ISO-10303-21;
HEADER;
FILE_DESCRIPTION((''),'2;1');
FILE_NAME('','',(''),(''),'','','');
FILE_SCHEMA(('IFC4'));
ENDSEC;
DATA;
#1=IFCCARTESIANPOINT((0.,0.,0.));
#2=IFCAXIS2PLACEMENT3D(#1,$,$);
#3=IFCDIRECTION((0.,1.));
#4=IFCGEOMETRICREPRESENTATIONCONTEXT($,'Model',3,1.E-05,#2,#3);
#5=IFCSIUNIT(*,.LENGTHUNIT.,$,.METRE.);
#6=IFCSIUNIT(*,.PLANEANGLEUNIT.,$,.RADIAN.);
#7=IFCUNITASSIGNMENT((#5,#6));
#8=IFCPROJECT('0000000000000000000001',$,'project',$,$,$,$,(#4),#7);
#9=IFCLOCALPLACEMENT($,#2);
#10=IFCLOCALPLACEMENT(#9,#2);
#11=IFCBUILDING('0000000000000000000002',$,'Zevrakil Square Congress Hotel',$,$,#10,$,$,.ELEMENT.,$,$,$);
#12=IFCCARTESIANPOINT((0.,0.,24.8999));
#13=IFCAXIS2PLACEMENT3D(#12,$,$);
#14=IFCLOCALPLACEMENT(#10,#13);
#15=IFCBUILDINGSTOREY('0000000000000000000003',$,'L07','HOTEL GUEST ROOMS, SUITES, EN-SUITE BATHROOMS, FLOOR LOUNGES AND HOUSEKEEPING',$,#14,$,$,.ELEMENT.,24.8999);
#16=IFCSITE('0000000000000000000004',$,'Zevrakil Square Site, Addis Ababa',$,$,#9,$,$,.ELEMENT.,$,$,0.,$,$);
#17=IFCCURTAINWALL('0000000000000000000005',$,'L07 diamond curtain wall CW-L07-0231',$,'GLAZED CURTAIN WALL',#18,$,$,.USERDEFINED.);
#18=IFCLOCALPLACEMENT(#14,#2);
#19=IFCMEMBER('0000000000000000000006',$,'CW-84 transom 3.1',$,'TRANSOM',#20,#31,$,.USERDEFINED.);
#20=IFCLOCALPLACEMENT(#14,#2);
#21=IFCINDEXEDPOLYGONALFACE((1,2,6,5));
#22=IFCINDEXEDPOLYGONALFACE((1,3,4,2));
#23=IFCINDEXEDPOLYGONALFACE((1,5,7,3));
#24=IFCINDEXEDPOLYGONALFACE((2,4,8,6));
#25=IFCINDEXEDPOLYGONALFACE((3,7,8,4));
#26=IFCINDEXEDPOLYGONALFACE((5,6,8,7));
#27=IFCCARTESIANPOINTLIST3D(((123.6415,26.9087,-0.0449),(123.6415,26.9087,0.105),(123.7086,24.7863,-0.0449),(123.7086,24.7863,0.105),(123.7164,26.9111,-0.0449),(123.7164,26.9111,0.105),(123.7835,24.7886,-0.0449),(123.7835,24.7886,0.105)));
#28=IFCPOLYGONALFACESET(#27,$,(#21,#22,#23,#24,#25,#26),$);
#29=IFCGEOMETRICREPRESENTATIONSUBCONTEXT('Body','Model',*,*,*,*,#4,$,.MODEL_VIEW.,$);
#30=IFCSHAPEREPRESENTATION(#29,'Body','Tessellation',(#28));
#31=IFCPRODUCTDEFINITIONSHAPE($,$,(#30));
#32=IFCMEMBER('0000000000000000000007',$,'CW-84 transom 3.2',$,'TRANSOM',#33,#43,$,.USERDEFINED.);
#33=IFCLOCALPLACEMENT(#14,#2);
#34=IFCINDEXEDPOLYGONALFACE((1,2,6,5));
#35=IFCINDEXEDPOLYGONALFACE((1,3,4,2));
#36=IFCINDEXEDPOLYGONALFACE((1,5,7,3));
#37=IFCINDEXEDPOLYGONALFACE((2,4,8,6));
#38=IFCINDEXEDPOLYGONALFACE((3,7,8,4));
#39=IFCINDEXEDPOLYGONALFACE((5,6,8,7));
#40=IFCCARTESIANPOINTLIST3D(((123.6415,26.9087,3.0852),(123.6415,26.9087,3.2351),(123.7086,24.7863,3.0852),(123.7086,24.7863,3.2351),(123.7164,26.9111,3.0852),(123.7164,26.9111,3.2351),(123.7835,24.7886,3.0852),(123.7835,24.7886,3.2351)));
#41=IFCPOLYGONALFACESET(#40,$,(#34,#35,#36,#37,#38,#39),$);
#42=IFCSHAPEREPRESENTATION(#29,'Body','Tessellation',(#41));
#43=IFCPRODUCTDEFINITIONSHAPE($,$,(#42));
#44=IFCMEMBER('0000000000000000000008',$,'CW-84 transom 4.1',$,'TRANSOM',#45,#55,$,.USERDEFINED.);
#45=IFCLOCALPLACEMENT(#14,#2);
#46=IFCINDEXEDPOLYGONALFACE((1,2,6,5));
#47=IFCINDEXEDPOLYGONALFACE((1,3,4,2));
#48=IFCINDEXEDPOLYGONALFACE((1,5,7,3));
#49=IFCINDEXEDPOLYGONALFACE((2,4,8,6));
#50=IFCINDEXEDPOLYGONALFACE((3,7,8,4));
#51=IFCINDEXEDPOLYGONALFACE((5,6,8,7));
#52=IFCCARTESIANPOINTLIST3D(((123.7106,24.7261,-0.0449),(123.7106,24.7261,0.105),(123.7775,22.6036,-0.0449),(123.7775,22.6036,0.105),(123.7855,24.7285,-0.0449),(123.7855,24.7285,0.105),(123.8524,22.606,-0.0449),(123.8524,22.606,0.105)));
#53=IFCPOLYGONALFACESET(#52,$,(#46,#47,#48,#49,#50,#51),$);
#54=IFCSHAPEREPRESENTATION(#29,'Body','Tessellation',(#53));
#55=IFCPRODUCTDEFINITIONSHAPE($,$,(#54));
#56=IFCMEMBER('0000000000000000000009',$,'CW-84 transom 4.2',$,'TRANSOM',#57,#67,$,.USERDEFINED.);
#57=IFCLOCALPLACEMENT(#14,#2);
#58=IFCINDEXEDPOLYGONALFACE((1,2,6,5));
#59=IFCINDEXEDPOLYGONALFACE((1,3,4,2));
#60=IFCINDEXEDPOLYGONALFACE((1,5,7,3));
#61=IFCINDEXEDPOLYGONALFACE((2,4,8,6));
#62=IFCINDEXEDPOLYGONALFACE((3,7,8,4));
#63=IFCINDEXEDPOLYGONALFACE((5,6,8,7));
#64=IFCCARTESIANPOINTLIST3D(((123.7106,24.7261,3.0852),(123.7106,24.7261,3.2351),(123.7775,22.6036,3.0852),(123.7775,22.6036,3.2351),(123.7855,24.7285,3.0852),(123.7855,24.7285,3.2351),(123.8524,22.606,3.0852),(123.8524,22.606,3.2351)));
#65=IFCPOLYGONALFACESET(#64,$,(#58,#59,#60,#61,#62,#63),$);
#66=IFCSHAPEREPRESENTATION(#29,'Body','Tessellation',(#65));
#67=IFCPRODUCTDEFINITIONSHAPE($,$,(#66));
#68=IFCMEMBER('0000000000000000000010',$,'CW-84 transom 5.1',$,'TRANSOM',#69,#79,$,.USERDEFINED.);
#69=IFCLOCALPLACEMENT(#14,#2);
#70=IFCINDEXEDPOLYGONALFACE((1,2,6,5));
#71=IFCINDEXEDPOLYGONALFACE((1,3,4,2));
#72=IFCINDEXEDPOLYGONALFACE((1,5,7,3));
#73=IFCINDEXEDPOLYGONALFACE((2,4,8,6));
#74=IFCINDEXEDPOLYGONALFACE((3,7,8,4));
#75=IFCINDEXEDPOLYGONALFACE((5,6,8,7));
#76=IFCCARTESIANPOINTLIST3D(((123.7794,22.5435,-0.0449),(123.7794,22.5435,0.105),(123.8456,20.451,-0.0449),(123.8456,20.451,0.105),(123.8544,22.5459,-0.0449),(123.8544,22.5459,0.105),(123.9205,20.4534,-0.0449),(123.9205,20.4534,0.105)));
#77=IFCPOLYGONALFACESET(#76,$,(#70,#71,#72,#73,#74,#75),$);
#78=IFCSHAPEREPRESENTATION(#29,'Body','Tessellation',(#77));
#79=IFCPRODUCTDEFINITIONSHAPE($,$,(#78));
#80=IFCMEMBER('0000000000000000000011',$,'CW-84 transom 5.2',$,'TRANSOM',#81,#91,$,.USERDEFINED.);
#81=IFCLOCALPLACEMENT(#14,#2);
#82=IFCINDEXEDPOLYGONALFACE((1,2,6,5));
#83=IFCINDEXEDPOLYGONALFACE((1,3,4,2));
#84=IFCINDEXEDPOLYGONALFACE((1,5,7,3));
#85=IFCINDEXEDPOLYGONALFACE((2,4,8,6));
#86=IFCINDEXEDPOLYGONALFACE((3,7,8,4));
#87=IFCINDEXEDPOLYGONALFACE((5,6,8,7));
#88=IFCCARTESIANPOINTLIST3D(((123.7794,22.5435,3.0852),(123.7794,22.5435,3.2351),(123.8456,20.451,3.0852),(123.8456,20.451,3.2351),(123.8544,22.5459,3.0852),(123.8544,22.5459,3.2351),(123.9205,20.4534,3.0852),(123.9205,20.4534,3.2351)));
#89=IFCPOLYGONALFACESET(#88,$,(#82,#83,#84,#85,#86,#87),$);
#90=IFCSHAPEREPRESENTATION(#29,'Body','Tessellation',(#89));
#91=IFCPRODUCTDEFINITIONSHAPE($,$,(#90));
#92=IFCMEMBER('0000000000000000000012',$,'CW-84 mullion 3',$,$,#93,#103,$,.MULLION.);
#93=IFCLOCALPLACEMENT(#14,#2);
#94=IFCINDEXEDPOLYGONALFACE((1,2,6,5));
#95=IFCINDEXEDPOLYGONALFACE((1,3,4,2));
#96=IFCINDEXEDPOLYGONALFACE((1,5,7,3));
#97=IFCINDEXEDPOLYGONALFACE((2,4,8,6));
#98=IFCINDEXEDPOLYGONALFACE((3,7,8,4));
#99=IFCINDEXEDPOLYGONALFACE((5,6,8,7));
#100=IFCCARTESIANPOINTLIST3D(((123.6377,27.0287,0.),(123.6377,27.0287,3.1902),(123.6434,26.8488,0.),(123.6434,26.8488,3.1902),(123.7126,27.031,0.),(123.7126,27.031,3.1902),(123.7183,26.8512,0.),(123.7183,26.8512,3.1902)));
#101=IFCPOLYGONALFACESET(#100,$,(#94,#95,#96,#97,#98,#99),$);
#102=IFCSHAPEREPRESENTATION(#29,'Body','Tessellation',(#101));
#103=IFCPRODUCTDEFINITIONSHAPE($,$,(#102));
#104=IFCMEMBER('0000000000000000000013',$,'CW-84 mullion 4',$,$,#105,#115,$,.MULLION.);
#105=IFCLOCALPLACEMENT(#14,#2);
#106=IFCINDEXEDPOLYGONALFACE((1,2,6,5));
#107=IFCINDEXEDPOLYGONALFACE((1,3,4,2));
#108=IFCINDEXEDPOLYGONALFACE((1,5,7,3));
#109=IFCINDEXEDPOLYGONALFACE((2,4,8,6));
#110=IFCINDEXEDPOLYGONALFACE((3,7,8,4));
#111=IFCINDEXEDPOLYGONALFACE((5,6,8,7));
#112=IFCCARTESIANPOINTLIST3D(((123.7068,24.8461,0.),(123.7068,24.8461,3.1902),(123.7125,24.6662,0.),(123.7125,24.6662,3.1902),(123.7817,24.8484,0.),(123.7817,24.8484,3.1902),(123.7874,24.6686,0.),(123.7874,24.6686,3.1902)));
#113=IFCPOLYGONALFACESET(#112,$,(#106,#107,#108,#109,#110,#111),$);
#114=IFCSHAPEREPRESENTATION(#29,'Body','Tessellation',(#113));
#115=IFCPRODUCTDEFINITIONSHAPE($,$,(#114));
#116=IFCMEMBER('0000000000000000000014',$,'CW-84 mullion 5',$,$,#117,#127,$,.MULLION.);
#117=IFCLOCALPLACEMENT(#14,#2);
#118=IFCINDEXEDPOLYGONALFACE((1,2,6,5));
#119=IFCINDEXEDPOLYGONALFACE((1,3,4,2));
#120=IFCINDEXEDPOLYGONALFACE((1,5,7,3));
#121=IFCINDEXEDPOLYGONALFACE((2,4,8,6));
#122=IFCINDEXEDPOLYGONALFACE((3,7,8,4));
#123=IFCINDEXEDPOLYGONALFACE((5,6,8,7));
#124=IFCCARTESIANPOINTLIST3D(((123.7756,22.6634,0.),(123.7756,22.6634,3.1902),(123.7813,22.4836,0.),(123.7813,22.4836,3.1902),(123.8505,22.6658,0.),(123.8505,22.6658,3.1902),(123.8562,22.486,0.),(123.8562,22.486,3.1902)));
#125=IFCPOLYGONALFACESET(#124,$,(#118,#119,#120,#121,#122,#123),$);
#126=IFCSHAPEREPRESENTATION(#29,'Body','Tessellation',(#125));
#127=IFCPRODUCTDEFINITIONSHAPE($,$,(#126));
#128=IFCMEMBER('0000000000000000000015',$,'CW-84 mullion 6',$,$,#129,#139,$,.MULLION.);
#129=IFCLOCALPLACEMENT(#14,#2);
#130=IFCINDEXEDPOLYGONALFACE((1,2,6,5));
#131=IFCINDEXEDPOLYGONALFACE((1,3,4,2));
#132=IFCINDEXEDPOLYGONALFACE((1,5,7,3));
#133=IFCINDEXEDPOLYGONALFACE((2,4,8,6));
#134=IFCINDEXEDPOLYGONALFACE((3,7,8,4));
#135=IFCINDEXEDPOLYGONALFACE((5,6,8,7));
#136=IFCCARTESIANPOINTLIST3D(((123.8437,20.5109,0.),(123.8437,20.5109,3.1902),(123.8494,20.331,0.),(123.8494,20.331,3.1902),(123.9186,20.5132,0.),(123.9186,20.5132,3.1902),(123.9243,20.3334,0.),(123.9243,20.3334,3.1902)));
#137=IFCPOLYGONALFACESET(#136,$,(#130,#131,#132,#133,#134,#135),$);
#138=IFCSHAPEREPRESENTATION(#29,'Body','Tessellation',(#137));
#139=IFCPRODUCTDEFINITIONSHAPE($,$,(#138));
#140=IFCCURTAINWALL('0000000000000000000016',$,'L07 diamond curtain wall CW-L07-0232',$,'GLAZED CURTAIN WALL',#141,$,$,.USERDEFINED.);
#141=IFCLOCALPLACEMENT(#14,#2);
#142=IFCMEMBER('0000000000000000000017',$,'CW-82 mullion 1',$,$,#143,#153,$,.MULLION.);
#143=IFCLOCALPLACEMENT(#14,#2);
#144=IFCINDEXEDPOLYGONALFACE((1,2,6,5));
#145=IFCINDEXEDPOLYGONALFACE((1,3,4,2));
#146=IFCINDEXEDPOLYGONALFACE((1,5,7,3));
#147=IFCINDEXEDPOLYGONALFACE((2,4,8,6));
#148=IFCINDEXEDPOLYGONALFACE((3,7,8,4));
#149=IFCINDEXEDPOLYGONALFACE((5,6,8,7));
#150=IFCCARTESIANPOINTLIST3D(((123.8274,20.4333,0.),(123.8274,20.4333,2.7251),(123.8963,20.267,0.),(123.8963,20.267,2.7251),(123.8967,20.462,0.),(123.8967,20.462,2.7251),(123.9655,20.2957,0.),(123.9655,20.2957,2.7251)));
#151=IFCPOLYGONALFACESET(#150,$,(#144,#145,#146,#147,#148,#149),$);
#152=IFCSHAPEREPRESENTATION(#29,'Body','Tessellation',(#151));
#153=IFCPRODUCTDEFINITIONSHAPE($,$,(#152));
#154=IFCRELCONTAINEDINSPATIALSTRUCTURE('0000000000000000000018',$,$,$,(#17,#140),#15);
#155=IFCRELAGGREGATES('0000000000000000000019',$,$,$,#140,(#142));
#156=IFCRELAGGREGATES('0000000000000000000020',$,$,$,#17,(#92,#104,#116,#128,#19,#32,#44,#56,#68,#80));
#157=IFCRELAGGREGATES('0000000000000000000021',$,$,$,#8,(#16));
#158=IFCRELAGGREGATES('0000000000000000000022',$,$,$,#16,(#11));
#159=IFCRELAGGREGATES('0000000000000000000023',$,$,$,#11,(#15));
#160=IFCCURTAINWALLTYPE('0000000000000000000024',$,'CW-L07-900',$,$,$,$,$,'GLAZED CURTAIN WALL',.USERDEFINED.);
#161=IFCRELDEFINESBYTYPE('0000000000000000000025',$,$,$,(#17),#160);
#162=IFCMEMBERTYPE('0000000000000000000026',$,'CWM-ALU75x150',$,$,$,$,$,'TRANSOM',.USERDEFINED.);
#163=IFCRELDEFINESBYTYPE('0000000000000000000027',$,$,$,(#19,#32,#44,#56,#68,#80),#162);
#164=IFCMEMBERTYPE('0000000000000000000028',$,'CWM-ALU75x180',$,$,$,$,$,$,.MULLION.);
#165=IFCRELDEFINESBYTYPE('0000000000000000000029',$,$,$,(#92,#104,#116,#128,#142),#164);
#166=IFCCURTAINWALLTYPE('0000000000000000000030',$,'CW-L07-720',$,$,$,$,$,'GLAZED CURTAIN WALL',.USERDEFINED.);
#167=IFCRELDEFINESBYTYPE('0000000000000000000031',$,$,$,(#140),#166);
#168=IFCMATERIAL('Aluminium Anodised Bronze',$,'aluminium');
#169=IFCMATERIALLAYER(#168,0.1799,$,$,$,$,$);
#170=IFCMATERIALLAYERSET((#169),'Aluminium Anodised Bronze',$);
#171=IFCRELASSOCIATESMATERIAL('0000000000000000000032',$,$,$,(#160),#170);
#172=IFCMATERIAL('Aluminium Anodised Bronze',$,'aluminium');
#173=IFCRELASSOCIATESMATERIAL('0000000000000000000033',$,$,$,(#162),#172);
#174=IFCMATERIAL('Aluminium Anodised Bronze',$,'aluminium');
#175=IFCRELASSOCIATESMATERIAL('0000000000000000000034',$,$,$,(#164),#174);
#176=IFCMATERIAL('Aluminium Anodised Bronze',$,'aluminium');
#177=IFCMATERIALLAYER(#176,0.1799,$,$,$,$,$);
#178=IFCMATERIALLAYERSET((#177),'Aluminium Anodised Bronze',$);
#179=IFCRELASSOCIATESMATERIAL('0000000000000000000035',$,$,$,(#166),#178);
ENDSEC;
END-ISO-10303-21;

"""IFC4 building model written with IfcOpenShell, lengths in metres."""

from ifc_helpers import new_model, si_unit, direction, frame, origin, origin_2d, place, context, subcontext, project, spatial, rectangle, extrude, material, layer, layer_set, material_profile, profile_set, type_object, element, aggregate, save


model = new_model("IFC4")

# Units and contexts
model_context = context("Model", 3, precision=1e-05, world=origin(), true_north=direction((0.0, 1.0)))
body_context = subcontext(model_context, "Body", "Model", "MODEL_VIEW")
ifc_project = project(units=[si_unit("LENGTHUNIT", "METRE"), si_unit("PLANEANGLEUNIT", "RADIAN")], contexts=[model_context])

# Site, building, storey
site_placement = place(None, origin())
site = spatial("IfcSite", under=ifc_project, at=site_placement, Name="Zevrakil Square Site, Addis Ababa", CompositionType="ELEMENT", RefElevation=0.0)
building_placement = place(site_placement, origin())
building = spatial("IfcBuilding", under=site, at=building_placement, Name="Zevrakil Square Congress Hotel", CompositionType="ELEMENT")
storey_placement = place(building_placement, frame((0.0, 0.0, 24.8999)))
storey = spatial("IfcBuildingStorey", under=building, at=storey_placement, Name="L07", Description="HOTEL GUEST ROOMS, SUITES, EN-SUITE BATHROOMS, FLOOR LOUNGES AND HOUSEKEEPING", CompositionType="ELEMENT", Elevation=24.8999)

# Curtain wall, members
ifc_material_1 = material(Name="Aluminium Anodised Bronze", Category="aluminium")
ifc_layer_1 = layer(ifc_material_1, 0.1799)
ifc_layer_set_1 = layer_set([ifc_layer_1], Name="Aluminium Anodised Bronze")
curtain_wall_type_1 = type_object("IfcCurtainWallType", Name="CW-L07-900", ElementType="GLAZED CURTAIN WALL", PredefinedType="USERDEFINED", material=ifc_layer_set_1)
curtain_wall_1_placement = place(storey_placement, origin())
curtain_wall_1 = element("IfcCurtainWall", 1, at=curtain_wall_1_placement, inside=storey, type_object=curtain_wall_type_1, Name="L07 diamond curtain wall CW-L07-0231", ObjectType="GLAZED CURTAIN WALL", PredefinedType="USERDEFINED")
ifc_material_2 = material(Name="Aluminium Anodised Bronze", Category="aluminium")
ifc_material_profile_1 = material_profile(ifc_material_2, rectangle(XDim=0.075, YDim=0.1499, at=origin_2d()), Name="ALU 75x150")
ifc_profile_set_1 = profile_set([ifc_material_profile_1], Name="Aluminium Anodised Bronze")
member_type_1 = type_object("IfcMemberType", Name="CWM-ALU75x150", ElementType="TRANSOM", PredefinedType="USERDEFINED", material=ifc_profile_set_1)
member_1_placement = place(storey_placement, frame((123.679, 26.9099, 0.03), z_axis=(0.031615, -0.9995, 0.0), x_axis=(0.9995, 0.031615, 0.0)))
member_1 = element("IfcMember", 2, at=member_1_placement, type_object=member_type_1, Name="CW-84 transom 3.1", ObjectType="TRANSOM", PredefinedType="USERDEFINED", context=body_context, shape_type="SweptSolid", body=[
    extrude(rectangle(XDim=0.075, YDim=0.1499, at=origin_2d()), origin(), (0.0, 0.0, 1.0), 2.1235),
])
member_2_placement = place(storey_placement, frame((123.679, 26.9099, 3.1602), z_axis=(0.031615, -0.9995, 0.0), x_axis=(0.9995, 0.031615, 0.0)))
member_2 = element("IfcMember", 3, at=member_2_placement, type_object=member_type_1, Name="CW-84 transom 3.2", ObjectType="TRANSOM", PredefinedType="USERDEFINED", context=body_context, shape_type="SweptSolid", body=[
    extrude(rectangle(XDim=0.075, YDim=0.1499, at=origin_2d()), origin(), (0.0, 0.0, 1.0), 2.1235),
])
member_3_placement = place(storey_placement, frame((123.748, 24.7273, 0.03), z_axis=(0.0315, -0.999504, 0.0), x_axis=(0.999504, 0.0315, 0.0)))
member_3 = element("IfcMember", 4, at=member_3_placement, type_object=member_type_1, Name="CW-84 transom 4.1", ObjectType="TRANSOM", PredefinedType="USERDEFINED", context=body_context, shape_type="SweptSolid", body=[
    extrude(rectangle(XDim=0.075, YDim=0.1499, at=origin_2d()), origin(), (0.0, 0.0, 1.0), 2.1235),
])
member_4_placement = place(storey_placement, frame((123.748, 24.7273, 3.1602), z_axis=(0.0315, -0.999504, 0.0), x_axis=(0.999504, 0.0315, 0.0)))
member_4 = element("IfcMember", 5, at=member_4_placement, type_object=member_type_1, Name="CW-84 transom 4.2", ObjectType="TRANSOM", PredefinedType="USERDEFINED", context=body_context, shape_type="SweptSolid", body=[
    extrude(rectangle(XDim=0.075, YDim=0.1499, at=origin_2d()), origin(), (0.0, 0.0, 1.0), 2.1235),
])
member_5_placement = place(storey_placement, frame((123.8169, 22.5447, 0.03), z_axis=(0.031602, -0.999501, 0.0), x_axis=(0.999501, 0.031602, 0.0)))
member_5 = element("IfcMember", 6, at=member_5_placement, type_object=member_type_1, Name="CW-84 transom 5.1", ObjectType="TRANSOM", PredefinedType="USERDEFINED", context=body_context, shape_type="SweptSolid", body=[
    extrude(rectangle(XDim=0.075, YDim=0.1499, at=origin_2d()), origin(), (0.0, 0.0, 1.0), 2.0935),
])
member_6_placement = place(storey_placement, frame((123.8169, 22.5447, 3.1602), z_axis=(0.031602, -0.999501, 0.0), x_axis=(0.999501, 0.031602, 0.0)))
member_6 = element("IfcMember", 7, at=member_6_placement, type_object=member_type_1, Name="CW-84 transom 5.2", ObjectType="TRANSOM", PredefinedType="USERDEFINED", context=body_context, shape_type="SweptSolid", body=[
    extrude(rectangle(XDim=0.075, YDim=0.1499, at=origin_2d()), origin(), (0.0, 0.0, 1.0), 2.0935),
])
ifc_material_3 = material(Name="Aluminium Anodised Bronze", Category="aluminium")
ifc_material_profile_2 = material_profile(ifc_material_3, rectangle(XDim=0.075, YDim=0.1799, at=origin_2d()), Name="ALU 75x180")
ifc_profile_set_2 = profile_set([ifc_material_profile_2], Name="Aluminium Anodised Bronze")
member_type_2 = type_object("IfcMemberType", Name="CWM-ALU75x180", PredefinedType="MULLION", material=ifc_profile_set_2)
member_7_placement = place(storey_placement, frame((123.678, 26.9399, 0.0), z_axis=(0.0, 0.0, 1.0), x_axis=(0.999501, 0.031598, 0.0)))
member_7 = element("IfcMember", 8, at=member_7_placement, type_object=member_type_2, Name="CW-84 mullion 3", PredefinedType="MULLION", context=body_context, shape_type="SweptSolid", body=[
    extrude(rectangle(XDim=0.075, YDim=0.1799, at=origin_2d()), origin(), (0.0, 0.0, 1.0), 3.1902),
])
member_8_placement = place(storey_placement, frame((123.7471, 24.7573, 0.0), z_axis=(0.0, 0.0, 1.0), x_axis=(0.999501, 0.031598, 0.0)))
member_8 = element("IfcMember", 9, at=member_8_placement, type_object=member_type_2, Name="CW-84 mullion 4", PredefinedType="MULLION", context=body_context, shape_type="SweptSolid", body=[
    extrude(rectangle(XDim=0.075, YDim=0.1799, at=origin_2d()), origin(), (0.0, 0.0, 1.0), 3.1902),
])
member_9_placement = place(storey_placement, frame((123.8159, 22.5747, 0.0), z_axis=(0.0, 0.0, 1.0), x_axis=(0.999501, 0.031598, 0.0)))
member_9 = element("IfcMember", 10, at=member_9_placement, type_object=member_type_2, Name="CW-84 mullion 5", PredefinedType="MULLION", context=body_context, shape_type="SweptSolid", body=[
    extrude(rectangle(XDim=0.075, YDim=0.1799, at=origin_2d()), origin(), (0.0, 0.0, 1.0), 3.1902),
])
member_10_placement = place(storey_placement, frame((123.884, 20.4221, 0.0), z_axis=(0.0, 0.0, 1.0), x_axis=(0.999501, 0.031598, 0.0)))
member_10 = element("IfcMember", 11, at=member_10_placement, type_object=member_type_2, Name="CW-84 mullion 6", PredefinedType="MULLION", context=body_context, shape_type="SweptSolid", body=[
    extrude(rectangle(XDim=0.075, YDim=0.1799, at=origin_2d()), origin(), (0.0, 0.0, 1.0), 3.1902),
])

# Curtain wall, member
ifc_material_4 = material(Name="Aluminium Anodised Bronze", Category="aluminium")
ifc_layer_2 = layer(ifc_material_4, 0.1799)
ifc_layer_set_2 = layer_set([ifc_layer_2], Name="Aluminium Anodised Bronze")
curtain_wall_type_2 = type_object("IfcCurtainWallType", Name="CW-L07-720", ElementType="GLAZED CURTAIN WALL", PredefinedType="USERDEFINED", material=ifc_layer_set_2)
curtain_wall_2_placement = place(storey_placement, origin())
curtain_wall_2 = element("IfcCurtainWall", 12, at=curtain_wall_2_placement, inside=storey, type_object=curtain_wall_type_2, Name="L07 diamond curtain wall CW-L07-0232", ObjectType="GLAZED CURTAIN WALL", PredefinedType="USERDEFINED")
member_11_placement = place(storey_placement, frame((123.8965, 20.3645, 0.0), z_axis=(0.0, 0.0, 1.0), x_axis=(0.923879, 0.382684, 0.0)))
member_11 = element("IfcMember", 13, at=member_11_placement, type_object=member_type_2, Name="CW-82 mullion 1", PredefinedType="MULLION", context=body_context, shape_type="SweptSolid", body=[
    extrude(rectangle(XDim=0.075, YDim=0.1799, at=origin_2d()), origin(), (0.0, 0.0, 1.0), 2.7251),
])
aggregate(curtain_wall_2, [member_11])

aggregate(curtain_wall_1, [member_7, member_8, member_9, member_10, member_1, member_2, member_3, member_4, member_5, member_6])

save(model, "model.ifc")
